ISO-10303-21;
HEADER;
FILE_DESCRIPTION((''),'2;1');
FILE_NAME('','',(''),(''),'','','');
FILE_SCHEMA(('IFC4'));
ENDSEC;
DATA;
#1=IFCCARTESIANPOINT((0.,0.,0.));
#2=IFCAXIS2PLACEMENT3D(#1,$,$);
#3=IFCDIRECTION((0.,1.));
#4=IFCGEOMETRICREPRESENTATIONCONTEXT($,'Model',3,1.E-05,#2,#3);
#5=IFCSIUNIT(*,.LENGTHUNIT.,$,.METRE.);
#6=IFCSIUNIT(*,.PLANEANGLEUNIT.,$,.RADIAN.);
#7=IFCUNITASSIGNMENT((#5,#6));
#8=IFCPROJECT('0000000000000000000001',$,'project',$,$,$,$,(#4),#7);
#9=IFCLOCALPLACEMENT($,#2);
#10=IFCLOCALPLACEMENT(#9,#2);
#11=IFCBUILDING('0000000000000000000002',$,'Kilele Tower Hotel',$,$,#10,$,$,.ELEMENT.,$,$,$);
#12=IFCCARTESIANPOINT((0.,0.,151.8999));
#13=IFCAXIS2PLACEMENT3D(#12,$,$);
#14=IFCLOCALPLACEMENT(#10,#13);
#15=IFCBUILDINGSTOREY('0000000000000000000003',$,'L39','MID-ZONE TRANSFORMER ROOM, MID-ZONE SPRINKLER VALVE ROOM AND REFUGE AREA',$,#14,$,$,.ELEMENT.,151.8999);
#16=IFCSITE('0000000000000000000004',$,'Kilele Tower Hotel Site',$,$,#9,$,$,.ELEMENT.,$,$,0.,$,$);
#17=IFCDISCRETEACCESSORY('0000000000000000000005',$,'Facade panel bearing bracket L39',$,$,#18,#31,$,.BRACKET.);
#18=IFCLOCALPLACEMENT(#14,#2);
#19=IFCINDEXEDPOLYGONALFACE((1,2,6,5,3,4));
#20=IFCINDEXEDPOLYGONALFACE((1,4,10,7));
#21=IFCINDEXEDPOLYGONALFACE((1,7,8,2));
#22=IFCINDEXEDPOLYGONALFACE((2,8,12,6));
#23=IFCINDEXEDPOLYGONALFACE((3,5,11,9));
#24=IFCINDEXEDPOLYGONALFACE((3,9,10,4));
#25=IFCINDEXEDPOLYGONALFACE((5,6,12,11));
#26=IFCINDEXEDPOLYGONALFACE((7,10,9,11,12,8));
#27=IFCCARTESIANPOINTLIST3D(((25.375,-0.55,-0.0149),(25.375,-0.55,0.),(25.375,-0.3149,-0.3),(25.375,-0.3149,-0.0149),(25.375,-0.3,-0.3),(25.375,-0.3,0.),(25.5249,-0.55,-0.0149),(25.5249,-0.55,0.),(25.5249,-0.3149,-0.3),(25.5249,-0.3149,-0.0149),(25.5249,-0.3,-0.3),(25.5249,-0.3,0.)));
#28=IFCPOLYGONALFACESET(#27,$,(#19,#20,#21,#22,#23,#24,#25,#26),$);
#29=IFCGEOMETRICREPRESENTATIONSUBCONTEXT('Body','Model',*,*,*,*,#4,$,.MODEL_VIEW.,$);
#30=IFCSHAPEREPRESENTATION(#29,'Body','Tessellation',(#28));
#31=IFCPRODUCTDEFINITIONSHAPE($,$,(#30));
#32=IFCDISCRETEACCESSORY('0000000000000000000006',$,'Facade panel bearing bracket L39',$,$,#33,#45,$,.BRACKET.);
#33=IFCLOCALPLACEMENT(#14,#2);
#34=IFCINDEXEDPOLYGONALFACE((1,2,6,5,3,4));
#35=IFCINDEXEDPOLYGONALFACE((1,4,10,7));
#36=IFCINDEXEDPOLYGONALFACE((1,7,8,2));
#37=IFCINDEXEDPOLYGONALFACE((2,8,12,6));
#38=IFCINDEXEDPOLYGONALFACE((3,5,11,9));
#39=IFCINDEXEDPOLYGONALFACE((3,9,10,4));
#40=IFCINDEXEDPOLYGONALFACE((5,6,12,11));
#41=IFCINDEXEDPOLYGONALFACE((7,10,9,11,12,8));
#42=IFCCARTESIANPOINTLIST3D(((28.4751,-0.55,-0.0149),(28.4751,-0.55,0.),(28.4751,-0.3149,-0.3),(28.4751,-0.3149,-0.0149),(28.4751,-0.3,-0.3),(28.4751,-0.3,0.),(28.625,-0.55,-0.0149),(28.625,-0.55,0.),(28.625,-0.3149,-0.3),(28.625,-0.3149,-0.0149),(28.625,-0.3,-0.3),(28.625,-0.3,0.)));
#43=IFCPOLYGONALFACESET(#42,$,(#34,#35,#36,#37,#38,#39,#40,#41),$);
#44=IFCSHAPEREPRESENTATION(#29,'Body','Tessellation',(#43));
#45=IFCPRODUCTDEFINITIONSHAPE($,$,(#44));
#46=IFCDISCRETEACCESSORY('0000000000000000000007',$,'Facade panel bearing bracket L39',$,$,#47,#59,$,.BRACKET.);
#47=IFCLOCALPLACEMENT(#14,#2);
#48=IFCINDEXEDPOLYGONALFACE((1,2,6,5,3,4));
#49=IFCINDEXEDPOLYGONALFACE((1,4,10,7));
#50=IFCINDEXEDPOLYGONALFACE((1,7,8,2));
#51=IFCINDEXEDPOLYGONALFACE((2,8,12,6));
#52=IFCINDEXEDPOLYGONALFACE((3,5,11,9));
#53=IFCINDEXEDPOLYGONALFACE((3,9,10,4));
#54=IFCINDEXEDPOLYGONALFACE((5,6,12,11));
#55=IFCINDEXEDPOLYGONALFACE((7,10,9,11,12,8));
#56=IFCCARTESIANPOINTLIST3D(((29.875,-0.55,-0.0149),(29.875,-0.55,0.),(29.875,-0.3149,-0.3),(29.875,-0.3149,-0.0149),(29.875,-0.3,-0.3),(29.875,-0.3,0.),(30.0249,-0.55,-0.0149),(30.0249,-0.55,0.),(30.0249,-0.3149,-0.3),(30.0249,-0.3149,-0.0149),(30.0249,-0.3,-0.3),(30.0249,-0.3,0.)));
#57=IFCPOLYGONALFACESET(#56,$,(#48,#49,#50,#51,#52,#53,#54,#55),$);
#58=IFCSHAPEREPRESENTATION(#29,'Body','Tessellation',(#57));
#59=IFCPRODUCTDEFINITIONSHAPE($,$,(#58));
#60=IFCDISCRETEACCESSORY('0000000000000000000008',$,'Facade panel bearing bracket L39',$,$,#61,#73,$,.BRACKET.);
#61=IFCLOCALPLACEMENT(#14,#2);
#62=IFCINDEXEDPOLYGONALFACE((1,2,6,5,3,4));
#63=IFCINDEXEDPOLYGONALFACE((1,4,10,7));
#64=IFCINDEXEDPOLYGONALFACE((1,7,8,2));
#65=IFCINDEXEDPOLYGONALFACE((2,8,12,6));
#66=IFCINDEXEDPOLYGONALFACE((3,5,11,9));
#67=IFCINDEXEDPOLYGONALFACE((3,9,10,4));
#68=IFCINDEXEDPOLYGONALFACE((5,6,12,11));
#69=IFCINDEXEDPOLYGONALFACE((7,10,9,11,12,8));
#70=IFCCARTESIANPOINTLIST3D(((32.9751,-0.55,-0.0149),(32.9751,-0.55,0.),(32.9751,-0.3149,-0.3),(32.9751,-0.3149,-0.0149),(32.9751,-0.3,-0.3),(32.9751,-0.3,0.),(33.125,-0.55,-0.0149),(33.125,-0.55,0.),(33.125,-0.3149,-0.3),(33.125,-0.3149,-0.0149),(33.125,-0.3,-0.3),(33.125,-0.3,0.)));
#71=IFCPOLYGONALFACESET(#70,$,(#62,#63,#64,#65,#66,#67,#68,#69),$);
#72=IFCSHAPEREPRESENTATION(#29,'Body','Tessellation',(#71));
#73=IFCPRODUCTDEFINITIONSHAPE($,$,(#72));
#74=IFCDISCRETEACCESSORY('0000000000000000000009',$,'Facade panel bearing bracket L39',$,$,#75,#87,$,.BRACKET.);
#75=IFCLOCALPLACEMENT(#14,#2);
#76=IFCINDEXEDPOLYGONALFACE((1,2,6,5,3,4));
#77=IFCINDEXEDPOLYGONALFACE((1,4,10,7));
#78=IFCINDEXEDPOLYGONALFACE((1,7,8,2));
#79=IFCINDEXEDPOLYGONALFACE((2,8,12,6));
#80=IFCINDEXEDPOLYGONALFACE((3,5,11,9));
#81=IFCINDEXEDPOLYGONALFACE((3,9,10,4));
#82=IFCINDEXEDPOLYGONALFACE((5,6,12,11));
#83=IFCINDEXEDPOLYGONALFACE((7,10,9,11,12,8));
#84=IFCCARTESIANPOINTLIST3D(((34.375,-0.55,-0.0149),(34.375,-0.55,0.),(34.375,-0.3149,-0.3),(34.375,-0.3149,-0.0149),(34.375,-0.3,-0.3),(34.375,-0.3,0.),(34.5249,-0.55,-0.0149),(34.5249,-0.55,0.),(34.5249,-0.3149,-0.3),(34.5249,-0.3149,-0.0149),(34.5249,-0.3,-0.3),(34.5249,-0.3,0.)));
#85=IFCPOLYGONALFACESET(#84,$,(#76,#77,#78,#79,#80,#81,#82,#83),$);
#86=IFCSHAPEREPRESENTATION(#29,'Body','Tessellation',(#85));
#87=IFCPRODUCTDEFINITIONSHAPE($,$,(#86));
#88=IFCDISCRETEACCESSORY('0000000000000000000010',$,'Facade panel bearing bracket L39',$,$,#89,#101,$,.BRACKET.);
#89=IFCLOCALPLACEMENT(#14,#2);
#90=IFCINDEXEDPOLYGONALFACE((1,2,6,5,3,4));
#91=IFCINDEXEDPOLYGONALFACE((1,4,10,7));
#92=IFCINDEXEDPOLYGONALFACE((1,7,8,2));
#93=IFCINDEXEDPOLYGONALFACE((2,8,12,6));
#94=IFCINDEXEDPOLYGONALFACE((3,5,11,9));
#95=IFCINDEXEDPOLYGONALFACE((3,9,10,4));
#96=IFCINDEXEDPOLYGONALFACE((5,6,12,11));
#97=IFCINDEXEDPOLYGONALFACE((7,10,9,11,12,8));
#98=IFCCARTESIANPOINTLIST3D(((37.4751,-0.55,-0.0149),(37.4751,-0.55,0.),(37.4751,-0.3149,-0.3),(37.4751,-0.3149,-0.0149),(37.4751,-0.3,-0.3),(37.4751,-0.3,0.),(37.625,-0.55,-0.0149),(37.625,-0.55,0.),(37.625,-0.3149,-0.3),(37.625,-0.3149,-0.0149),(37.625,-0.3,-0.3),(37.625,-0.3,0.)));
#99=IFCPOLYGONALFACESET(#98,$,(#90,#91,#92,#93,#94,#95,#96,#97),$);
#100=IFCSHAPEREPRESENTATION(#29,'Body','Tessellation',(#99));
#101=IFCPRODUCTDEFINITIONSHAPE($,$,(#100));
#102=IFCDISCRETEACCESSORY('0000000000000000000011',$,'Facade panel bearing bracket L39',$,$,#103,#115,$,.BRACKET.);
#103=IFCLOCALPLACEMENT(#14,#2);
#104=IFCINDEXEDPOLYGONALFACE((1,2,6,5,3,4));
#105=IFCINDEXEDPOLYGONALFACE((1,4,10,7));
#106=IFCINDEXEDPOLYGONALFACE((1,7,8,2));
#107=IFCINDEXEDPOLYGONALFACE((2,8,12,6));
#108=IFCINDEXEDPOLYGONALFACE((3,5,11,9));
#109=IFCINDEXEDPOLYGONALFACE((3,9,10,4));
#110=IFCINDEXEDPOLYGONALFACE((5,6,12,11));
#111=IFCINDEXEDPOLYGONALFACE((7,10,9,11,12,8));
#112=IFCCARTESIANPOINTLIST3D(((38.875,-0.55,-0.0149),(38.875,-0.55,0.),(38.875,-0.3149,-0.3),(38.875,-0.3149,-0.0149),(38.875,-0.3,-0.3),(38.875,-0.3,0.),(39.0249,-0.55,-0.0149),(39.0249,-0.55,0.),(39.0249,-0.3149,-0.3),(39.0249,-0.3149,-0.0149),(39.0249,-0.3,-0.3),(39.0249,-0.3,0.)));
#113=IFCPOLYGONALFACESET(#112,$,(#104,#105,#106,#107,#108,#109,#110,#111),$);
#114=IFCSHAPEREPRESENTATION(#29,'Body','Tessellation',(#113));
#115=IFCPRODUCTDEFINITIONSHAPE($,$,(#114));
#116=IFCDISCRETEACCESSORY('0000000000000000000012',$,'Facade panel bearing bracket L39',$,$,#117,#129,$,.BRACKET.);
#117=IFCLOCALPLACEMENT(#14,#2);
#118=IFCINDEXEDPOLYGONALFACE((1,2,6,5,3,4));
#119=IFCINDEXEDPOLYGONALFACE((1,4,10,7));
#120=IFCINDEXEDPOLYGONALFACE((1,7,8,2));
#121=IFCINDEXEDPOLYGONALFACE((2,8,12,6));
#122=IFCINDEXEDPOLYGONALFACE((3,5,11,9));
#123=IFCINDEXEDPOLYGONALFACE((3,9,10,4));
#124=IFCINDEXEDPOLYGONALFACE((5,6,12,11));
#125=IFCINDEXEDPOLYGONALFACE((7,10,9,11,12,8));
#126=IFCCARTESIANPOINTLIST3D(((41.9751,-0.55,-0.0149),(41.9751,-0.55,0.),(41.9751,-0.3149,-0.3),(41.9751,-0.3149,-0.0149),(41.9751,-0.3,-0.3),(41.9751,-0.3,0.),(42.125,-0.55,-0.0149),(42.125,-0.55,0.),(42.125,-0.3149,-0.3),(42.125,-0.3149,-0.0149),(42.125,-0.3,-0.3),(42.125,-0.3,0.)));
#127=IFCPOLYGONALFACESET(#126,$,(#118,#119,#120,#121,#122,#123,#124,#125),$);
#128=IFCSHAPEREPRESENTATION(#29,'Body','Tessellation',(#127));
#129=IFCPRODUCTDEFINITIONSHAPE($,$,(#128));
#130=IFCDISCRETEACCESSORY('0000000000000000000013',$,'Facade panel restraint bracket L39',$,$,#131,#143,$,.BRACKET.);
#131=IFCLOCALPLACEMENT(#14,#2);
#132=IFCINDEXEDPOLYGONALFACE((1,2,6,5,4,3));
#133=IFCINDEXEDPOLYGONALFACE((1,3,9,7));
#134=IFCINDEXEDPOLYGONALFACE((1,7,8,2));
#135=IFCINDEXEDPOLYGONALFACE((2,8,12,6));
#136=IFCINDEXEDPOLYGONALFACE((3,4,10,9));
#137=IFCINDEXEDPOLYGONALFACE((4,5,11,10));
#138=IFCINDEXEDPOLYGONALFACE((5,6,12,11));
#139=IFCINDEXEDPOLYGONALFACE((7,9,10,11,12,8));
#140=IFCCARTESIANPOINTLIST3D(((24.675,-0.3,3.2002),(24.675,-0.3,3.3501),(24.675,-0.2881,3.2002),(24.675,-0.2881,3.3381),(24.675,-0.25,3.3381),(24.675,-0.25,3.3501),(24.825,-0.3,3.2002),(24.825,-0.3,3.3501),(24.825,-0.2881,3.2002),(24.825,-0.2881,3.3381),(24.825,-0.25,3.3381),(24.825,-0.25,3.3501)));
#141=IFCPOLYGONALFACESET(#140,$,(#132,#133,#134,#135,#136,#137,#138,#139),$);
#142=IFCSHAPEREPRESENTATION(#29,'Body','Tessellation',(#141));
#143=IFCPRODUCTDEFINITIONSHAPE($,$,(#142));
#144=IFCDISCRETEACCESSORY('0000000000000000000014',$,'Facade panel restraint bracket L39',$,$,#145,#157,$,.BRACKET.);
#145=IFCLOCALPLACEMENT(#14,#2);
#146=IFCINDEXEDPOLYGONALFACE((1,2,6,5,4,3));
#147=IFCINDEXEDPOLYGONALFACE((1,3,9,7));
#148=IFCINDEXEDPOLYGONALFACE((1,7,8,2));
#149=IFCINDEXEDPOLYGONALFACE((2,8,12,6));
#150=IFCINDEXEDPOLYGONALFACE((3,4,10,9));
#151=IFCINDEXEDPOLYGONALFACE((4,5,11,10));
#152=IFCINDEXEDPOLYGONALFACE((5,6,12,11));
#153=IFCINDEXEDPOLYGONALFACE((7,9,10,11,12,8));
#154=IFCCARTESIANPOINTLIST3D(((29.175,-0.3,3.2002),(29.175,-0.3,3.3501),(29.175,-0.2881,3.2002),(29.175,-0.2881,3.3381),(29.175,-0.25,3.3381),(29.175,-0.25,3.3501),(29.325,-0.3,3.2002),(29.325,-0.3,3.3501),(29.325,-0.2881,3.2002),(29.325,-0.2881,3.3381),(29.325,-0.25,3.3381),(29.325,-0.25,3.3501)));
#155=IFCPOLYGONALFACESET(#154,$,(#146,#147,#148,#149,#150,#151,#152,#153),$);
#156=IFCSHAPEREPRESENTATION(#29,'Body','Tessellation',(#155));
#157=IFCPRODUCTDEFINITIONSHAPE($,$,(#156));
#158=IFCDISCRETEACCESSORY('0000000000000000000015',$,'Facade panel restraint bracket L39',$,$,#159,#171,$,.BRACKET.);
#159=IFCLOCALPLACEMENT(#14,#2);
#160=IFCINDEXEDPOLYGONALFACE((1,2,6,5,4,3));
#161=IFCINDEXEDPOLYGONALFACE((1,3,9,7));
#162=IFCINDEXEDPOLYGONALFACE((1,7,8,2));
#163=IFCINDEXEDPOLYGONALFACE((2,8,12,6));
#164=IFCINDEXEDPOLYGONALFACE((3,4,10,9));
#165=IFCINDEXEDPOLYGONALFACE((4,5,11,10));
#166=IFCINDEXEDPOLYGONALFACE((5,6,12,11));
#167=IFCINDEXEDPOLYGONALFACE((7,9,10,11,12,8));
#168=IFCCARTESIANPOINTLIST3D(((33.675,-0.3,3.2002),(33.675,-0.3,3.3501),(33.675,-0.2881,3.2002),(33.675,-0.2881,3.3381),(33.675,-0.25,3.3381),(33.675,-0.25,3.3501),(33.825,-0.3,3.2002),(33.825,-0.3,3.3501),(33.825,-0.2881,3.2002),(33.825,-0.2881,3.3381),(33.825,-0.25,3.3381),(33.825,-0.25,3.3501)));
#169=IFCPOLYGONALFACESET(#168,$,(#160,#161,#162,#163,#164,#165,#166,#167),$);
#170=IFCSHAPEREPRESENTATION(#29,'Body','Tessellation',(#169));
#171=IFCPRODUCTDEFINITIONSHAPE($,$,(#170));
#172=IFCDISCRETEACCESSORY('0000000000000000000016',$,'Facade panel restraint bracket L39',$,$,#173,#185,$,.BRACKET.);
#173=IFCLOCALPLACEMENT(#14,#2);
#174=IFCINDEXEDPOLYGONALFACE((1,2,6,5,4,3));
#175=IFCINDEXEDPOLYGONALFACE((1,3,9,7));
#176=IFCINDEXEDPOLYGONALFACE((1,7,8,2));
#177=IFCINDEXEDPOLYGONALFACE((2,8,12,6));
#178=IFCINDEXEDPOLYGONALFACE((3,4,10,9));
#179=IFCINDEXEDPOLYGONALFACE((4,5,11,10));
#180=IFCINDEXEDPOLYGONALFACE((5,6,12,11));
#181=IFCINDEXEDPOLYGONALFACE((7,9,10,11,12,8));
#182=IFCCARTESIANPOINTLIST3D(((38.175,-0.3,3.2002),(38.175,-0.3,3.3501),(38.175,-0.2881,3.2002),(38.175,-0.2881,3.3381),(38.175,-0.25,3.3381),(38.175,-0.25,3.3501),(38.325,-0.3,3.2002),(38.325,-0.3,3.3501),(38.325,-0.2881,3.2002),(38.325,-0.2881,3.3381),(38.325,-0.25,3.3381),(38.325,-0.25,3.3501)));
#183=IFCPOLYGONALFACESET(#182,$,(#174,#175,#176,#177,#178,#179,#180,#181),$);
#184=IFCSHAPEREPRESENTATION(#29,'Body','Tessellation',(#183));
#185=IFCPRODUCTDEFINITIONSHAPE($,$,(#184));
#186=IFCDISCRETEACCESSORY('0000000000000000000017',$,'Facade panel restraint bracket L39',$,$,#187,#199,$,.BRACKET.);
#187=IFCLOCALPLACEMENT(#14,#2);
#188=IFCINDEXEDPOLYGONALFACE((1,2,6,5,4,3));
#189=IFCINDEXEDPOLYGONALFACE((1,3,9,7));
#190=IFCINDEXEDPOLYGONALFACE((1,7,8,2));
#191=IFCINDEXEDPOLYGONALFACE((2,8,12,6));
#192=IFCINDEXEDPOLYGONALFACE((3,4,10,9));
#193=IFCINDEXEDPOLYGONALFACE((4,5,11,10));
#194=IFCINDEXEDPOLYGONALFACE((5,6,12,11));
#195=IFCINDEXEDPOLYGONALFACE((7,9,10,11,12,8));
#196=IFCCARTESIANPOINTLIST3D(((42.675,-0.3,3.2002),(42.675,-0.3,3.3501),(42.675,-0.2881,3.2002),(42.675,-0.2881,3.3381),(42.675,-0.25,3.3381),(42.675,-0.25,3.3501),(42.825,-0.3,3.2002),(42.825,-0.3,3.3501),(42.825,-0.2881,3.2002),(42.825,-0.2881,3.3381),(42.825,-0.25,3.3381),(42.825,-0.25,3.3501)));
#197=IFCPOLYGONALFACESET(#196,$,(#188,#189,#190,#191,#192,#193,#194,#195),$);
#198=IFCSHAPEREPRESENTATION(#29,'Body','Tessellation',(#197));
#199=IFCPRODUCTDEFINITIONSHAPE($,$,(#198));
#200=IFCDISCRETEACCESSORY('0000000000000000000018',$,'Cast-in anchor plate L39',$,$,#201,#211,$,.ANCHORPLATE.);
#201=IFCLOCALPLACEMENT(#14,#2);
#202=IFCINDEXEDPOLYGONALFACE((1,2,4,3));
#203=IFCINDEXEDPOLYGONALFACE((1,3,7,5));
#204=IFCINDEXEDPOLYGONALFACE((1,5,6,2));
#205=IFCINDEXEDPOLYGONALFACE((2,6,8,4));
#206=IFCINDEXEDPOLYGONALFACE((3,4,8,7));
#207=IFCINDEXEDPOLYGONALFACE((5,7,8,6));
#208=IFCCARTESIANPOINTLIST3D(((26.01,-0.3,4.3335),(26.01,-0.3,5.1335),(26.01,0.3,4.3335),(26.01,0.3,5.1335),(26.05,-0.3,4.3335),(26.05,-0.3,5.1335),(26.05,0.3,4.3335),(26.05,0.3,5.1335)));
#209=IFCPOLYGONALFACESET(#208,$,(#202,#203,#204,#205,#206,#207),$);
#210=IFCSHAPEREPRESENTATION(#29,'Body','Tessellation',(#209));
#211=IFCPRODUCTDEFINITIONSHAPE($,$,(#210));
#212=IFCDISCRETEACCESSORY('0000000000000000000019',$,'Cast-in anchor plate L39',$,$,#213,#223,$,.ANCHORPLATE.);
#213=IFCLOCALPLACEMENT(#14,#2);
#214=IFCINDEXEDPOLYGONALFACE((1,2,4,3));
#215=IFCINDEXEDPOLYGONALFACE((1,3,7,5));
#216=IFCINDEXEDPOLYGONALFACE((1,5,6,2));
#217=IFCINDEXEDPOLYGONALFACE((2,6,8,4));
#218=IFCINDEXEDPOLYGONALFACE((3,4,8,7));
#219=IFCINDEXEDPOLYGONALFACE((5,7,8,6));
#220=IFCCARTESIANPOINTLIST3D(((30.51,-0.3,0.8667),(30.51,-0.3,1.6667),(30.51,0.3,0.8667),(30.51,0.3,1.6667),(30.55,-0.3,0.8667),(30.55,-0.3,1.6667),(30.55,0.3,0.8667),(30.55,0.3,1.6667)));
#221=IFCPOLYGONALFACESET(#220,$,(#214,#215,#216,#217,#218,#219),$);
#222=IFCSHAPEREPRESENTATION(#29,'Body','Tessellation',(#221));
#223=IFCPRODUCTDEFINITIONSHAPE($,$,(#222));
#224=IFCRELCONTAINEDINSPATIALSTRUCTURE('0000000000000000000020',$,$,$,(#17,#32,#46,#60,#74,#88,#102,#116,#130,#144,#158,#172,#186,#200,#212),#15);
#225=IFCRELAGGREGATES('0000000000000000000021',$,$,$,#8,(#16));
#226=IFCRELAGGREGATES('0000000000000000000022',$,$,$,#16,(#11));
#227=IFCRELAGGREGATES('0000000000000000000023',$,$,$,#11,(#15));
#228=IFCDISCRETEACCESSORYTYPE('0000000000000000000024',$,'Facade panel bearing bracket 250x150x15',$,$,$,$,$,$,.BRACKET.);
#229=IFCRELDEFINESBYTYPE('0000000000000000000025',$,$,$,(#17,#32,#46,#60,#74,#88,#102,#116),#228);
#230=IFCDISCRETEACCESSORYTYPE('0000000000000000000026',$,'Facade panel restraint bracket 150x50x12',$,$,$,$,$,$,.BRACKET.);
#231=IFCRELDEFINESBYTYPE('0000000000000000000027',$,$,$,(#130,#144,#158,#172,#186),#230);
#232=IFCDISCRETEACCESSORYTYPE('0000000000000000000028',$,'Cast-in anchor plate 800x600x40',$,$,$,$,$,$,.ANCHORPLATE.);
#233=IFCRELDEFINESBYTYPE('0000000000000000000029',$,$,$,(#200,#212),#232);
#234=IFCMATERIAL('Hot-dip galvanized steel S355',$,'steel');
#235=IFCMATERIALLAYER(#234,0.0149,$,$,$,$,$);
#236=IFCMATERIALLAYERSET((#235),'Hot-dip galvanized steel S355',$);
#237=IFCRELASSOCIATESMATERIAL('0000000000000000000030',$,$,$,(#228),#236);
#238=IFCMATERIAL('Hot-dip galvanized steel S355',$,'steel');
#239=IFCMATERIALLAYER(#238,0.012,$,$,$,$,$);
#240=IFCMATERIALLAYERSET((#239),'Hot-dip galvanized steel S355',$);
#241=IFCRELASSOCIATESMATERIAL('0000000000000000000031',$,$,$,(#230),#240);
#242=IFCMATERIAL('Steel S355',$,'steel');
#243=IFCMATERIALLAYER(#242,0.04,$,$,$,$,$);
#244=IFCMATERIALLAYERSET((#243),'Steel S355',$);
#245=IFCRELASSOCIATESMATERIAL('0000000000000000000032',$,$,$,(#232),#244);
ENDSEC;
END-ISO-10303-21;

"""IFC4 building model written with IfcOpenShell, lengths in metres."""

from ifc_helpers import new_model, si_unit, direction, frame, origin, place, context, subcontext, project, spatial, polyline, outline, extrude, source, transform, mapped, material, layer, layer_set, type_object, element, save


model = new_model("IFC4")

# Units and contexts
model_context = context("Model", 3, precision=1e-05, world=origin(), true_north=direction((0.0, 1.0)))
body_context = subcontext(model_context, "Body", "Model", "MODEL_VIEW")
ifc_project = project(units=[si_unit("LENGTHUNIT", "METRE"), si_unit("PLANEANGLEUNIT", "RADIAN")], contexts=[model_context])

# Site, building, storey
site_placement = place(None, origin())
site = spatial("IfcSite", under=ifc_project, at=site_placement, Name="Kilele Tower Hotel Site", CompositionType="ELEMENT", RefElevation=0.0)
building_placement = place(site_placement, origin())
building = spatial("IfcBuilding", under=site, at=building_placement, Name="Kilele Tower Hotel", CompositionType="ELEMENT")
storey_placement = place(building_placement, frame((0.0, 0.0, 151.8999)))
storey = spatial("IfcBuildingStorey", under=building, at=storey_placement, Name="L39", Description="MID-ZONE TRANSFORMER ROOM, MID-ZONE SPRINKLER VALVE ROOM AND REFUGE AREA", CompositionType="ELEMENT", Elevation=151.8999)

# Discrete accessories
ifc_material_1 = material(Name="Hot-dip galvanized steel S355", Category="steel")
ifc_layer_1 = layer(ifc_material_1, 0.0149)
ifc_layer_set_1 = layer_set([ifc_layer_1], Name="Hot-dip galvanized steel S355")
discrete_accessory_type_1 = type_object("IfcDiscreteAccessoryType", Name="Facade panel bearing bracket 250x150x15", PredefinedType="BRACKET", material=ifc_layer_set_1)
shared_shape_1 = source(origin(), body_context, "Body", "SweptSolid", [
    extrude(outline(polyline([(0.0, 0.0), (0.25, 0.0), (0.25, -0.0149), (0.0149, -0.0149), (0.0149, -0.3), (0.0, -0.3), (0.0, 0.0)])), origin(), (0.0, 0.0, 1.0), 0.1499),
])
for number, where, z_axis, x_axis, name in (
    (1, (25.5249, -0.3, 0.0), (-1.0, 0.0, 0.0), (0.0, -1.0, 0.0), "Facade panel bearing bracket L39"),
    (2, (28.625, -0.3, 0.0), (-1.0, 0.0, 0.0), (0.0, -1.0, 0.0), "Facade panel bearing bracket L39"),
    (3, (30.0249, -0.3, 0.0), (-1.0, 0.0, 0.0), (0.0, -1.0, 0.0), "Facade panel bearing bracket L39"),
    (4, (33.125, -0.3, 0.0), (-1.0, 0.0, 0.0), (0.0, -1.0, 0.0), "Facade panel bearing bracket L39"),
    (5, (34.5249, -0.3, 0.0), (-1.0, 0.0, 0.0), (0.0, -1.0, 0.0), "Facade panel bearing bracket L39"),
    (6, (37.625, -0.3, 0.0), (-1.0, 0.0, 0.0), (0.0, -1.0, 0.0), "Facade panel bearing bracket L39"),
    (7, (39.0249, -0.3, 0.0), (-1.0, 0.0, 0.0), (0.0, -1.0, 0.0), "Facade panel bearing bracket L39"),
    (8, (42.125, -0.3, 0.0), (-1.0, 0.0, 0.0), (0.0, -1.0, 0.0), "Facade panel bearing bracket L39"),
):
    element("IfcDiscreteAccessory", number, at=place(storey_placement, frame(where, z_axis=z_axis, x_axis=x_axis)), inside=storey, type_object=discrete_accessory_type_1, Name=name, PredefinedType="BRACKET", context=body_context, shape_type="MappedRepresentation", body=[
        mapped(shared_shape_1, transform((0.0, 0.0, 0.0))),
    ])
ifc_material_2 = material(Name="Hot-dip galvanized steel S355", Category="steel")
ifc_layer_2 = layer(ifc_material_2, 0.012)
ifc_layer_set_2 = layer_set([ifc_layer_2], Name="Hot-dip galvanized steel S355")
discrete_accessory_type_2 = type_object("IfcDiscreteAccessoryType", Name="Facade panel restraint bracket 150x50x12", PredefinedType="BRACKET", material=ifc_layer_set_2)
shared_shape_2 = source(origin(), body_context, "Body", "SweptSolid", [
    extrude(outline(polyline([(0.0, 0.0), (0.0, -0.1499), (-0.012, -0.1499), (-0.012, -0.012), (-0.05, -0.012), (-0.05, 0.0), (0.0, 0.0)])), origin(), (0.0, 0.0, 1.0), 0.1499),
])
for number, where, z_axis, x_axis, name in (
    (9, (24.825, -0.3, 3.3501), (-1.0, 0.0, 0.0), (0.0, -1.0, 0.0), "Facade panel restraint bracket L39"),
    (10, (29.325, -0.3, 3.3501), (-1.0, 0.0, 0.0), (0.0, -1.0, 0.0), "Facade panel restraint bracket L39"),
    (11, (33.825, -0.3, 3.3501), (-1.0, 0.0, 0.0), (0.0, -1.0, 0.0), "Facade panel restraint bracket L39"),
    (12, (38.325, -0.3, 3.3501), (-1.0, 0.0, 0.0), (0.0, -1.0, 0.0), "Facade panel restraint bracket L39"),
    (13, (42.825, -0.3, 3.3501), (-1.0, 0.0, 0.0), (0.0, -1.0, 0.0), "Facade panel restraint bracket L39"),
):
    element("IfcDiscreteAccessory", number, at=place(storey_placement, frame(where, z_axis=z_axis, x_axis=x_axis)), inside=storey, type_object=discrete_accessory_type_2, Name=name, PredefinedType="BRACKET", context=body_context, shape_type="MappedRepresentation", body=[
        mapped(shared_shape_2, transform((0.0, 0.0, 0.0))),
    ])
ifc_material_3 = material(Name="Steel S355", Category="steel")
ifc_layer_3 = layer(ifc_material_3, 0.04)
ifc_layer_set_3 = layer_set([ifc_layer_3], Name="Steel S355")
discrete_accessory_type_3 = type_object("IfcDiscreteAccessoryType", Name="Cast-in anchor plate 800x600x40", PredefinedType="ANCHORPLATE", material=ifc_layer_set_3)
shared_shape_3 = source(origin(), body_context, "Body", "SweptSolid", [
    extrude(outline(polyline([(0.0, 0.0), (0.04, 0.0), (0.04, 0.8), (0.0, 0.8), (0.0, 0.0)])), origin(), (0.0, 0.0, 1.0), 0.6001),
])
for number, where, z_axis, x_axis, name in (
    (14, (26.05, -0.3, 4.3335), (0.0, 1.0, 0.0), (-1.0, 0.0, 0.0), "Cast-in anchor plate L39"),
    (15, (30.55, -0.3, 0.8667), (0.0, 1.0, 0.0), (-1.0, 0.0, 0.0), "Cast-in anchor plate L39"),
):
    element("IfcDiscreteAccessory", number, at=place(storey_placement, frame(where, z_axis=z_axis, x_axis=x_axis)), inside=storey, type_object=discrete_accessory_type_3, Name=name, PredefinedType="ANCHORPLATE", context=body_context, shape_type="MappedRepresentation", body=[
        mapped(shared_shape_3, transform((0.0, 0.0, 0.0))),
    ])

save(model, "model.ifc")
